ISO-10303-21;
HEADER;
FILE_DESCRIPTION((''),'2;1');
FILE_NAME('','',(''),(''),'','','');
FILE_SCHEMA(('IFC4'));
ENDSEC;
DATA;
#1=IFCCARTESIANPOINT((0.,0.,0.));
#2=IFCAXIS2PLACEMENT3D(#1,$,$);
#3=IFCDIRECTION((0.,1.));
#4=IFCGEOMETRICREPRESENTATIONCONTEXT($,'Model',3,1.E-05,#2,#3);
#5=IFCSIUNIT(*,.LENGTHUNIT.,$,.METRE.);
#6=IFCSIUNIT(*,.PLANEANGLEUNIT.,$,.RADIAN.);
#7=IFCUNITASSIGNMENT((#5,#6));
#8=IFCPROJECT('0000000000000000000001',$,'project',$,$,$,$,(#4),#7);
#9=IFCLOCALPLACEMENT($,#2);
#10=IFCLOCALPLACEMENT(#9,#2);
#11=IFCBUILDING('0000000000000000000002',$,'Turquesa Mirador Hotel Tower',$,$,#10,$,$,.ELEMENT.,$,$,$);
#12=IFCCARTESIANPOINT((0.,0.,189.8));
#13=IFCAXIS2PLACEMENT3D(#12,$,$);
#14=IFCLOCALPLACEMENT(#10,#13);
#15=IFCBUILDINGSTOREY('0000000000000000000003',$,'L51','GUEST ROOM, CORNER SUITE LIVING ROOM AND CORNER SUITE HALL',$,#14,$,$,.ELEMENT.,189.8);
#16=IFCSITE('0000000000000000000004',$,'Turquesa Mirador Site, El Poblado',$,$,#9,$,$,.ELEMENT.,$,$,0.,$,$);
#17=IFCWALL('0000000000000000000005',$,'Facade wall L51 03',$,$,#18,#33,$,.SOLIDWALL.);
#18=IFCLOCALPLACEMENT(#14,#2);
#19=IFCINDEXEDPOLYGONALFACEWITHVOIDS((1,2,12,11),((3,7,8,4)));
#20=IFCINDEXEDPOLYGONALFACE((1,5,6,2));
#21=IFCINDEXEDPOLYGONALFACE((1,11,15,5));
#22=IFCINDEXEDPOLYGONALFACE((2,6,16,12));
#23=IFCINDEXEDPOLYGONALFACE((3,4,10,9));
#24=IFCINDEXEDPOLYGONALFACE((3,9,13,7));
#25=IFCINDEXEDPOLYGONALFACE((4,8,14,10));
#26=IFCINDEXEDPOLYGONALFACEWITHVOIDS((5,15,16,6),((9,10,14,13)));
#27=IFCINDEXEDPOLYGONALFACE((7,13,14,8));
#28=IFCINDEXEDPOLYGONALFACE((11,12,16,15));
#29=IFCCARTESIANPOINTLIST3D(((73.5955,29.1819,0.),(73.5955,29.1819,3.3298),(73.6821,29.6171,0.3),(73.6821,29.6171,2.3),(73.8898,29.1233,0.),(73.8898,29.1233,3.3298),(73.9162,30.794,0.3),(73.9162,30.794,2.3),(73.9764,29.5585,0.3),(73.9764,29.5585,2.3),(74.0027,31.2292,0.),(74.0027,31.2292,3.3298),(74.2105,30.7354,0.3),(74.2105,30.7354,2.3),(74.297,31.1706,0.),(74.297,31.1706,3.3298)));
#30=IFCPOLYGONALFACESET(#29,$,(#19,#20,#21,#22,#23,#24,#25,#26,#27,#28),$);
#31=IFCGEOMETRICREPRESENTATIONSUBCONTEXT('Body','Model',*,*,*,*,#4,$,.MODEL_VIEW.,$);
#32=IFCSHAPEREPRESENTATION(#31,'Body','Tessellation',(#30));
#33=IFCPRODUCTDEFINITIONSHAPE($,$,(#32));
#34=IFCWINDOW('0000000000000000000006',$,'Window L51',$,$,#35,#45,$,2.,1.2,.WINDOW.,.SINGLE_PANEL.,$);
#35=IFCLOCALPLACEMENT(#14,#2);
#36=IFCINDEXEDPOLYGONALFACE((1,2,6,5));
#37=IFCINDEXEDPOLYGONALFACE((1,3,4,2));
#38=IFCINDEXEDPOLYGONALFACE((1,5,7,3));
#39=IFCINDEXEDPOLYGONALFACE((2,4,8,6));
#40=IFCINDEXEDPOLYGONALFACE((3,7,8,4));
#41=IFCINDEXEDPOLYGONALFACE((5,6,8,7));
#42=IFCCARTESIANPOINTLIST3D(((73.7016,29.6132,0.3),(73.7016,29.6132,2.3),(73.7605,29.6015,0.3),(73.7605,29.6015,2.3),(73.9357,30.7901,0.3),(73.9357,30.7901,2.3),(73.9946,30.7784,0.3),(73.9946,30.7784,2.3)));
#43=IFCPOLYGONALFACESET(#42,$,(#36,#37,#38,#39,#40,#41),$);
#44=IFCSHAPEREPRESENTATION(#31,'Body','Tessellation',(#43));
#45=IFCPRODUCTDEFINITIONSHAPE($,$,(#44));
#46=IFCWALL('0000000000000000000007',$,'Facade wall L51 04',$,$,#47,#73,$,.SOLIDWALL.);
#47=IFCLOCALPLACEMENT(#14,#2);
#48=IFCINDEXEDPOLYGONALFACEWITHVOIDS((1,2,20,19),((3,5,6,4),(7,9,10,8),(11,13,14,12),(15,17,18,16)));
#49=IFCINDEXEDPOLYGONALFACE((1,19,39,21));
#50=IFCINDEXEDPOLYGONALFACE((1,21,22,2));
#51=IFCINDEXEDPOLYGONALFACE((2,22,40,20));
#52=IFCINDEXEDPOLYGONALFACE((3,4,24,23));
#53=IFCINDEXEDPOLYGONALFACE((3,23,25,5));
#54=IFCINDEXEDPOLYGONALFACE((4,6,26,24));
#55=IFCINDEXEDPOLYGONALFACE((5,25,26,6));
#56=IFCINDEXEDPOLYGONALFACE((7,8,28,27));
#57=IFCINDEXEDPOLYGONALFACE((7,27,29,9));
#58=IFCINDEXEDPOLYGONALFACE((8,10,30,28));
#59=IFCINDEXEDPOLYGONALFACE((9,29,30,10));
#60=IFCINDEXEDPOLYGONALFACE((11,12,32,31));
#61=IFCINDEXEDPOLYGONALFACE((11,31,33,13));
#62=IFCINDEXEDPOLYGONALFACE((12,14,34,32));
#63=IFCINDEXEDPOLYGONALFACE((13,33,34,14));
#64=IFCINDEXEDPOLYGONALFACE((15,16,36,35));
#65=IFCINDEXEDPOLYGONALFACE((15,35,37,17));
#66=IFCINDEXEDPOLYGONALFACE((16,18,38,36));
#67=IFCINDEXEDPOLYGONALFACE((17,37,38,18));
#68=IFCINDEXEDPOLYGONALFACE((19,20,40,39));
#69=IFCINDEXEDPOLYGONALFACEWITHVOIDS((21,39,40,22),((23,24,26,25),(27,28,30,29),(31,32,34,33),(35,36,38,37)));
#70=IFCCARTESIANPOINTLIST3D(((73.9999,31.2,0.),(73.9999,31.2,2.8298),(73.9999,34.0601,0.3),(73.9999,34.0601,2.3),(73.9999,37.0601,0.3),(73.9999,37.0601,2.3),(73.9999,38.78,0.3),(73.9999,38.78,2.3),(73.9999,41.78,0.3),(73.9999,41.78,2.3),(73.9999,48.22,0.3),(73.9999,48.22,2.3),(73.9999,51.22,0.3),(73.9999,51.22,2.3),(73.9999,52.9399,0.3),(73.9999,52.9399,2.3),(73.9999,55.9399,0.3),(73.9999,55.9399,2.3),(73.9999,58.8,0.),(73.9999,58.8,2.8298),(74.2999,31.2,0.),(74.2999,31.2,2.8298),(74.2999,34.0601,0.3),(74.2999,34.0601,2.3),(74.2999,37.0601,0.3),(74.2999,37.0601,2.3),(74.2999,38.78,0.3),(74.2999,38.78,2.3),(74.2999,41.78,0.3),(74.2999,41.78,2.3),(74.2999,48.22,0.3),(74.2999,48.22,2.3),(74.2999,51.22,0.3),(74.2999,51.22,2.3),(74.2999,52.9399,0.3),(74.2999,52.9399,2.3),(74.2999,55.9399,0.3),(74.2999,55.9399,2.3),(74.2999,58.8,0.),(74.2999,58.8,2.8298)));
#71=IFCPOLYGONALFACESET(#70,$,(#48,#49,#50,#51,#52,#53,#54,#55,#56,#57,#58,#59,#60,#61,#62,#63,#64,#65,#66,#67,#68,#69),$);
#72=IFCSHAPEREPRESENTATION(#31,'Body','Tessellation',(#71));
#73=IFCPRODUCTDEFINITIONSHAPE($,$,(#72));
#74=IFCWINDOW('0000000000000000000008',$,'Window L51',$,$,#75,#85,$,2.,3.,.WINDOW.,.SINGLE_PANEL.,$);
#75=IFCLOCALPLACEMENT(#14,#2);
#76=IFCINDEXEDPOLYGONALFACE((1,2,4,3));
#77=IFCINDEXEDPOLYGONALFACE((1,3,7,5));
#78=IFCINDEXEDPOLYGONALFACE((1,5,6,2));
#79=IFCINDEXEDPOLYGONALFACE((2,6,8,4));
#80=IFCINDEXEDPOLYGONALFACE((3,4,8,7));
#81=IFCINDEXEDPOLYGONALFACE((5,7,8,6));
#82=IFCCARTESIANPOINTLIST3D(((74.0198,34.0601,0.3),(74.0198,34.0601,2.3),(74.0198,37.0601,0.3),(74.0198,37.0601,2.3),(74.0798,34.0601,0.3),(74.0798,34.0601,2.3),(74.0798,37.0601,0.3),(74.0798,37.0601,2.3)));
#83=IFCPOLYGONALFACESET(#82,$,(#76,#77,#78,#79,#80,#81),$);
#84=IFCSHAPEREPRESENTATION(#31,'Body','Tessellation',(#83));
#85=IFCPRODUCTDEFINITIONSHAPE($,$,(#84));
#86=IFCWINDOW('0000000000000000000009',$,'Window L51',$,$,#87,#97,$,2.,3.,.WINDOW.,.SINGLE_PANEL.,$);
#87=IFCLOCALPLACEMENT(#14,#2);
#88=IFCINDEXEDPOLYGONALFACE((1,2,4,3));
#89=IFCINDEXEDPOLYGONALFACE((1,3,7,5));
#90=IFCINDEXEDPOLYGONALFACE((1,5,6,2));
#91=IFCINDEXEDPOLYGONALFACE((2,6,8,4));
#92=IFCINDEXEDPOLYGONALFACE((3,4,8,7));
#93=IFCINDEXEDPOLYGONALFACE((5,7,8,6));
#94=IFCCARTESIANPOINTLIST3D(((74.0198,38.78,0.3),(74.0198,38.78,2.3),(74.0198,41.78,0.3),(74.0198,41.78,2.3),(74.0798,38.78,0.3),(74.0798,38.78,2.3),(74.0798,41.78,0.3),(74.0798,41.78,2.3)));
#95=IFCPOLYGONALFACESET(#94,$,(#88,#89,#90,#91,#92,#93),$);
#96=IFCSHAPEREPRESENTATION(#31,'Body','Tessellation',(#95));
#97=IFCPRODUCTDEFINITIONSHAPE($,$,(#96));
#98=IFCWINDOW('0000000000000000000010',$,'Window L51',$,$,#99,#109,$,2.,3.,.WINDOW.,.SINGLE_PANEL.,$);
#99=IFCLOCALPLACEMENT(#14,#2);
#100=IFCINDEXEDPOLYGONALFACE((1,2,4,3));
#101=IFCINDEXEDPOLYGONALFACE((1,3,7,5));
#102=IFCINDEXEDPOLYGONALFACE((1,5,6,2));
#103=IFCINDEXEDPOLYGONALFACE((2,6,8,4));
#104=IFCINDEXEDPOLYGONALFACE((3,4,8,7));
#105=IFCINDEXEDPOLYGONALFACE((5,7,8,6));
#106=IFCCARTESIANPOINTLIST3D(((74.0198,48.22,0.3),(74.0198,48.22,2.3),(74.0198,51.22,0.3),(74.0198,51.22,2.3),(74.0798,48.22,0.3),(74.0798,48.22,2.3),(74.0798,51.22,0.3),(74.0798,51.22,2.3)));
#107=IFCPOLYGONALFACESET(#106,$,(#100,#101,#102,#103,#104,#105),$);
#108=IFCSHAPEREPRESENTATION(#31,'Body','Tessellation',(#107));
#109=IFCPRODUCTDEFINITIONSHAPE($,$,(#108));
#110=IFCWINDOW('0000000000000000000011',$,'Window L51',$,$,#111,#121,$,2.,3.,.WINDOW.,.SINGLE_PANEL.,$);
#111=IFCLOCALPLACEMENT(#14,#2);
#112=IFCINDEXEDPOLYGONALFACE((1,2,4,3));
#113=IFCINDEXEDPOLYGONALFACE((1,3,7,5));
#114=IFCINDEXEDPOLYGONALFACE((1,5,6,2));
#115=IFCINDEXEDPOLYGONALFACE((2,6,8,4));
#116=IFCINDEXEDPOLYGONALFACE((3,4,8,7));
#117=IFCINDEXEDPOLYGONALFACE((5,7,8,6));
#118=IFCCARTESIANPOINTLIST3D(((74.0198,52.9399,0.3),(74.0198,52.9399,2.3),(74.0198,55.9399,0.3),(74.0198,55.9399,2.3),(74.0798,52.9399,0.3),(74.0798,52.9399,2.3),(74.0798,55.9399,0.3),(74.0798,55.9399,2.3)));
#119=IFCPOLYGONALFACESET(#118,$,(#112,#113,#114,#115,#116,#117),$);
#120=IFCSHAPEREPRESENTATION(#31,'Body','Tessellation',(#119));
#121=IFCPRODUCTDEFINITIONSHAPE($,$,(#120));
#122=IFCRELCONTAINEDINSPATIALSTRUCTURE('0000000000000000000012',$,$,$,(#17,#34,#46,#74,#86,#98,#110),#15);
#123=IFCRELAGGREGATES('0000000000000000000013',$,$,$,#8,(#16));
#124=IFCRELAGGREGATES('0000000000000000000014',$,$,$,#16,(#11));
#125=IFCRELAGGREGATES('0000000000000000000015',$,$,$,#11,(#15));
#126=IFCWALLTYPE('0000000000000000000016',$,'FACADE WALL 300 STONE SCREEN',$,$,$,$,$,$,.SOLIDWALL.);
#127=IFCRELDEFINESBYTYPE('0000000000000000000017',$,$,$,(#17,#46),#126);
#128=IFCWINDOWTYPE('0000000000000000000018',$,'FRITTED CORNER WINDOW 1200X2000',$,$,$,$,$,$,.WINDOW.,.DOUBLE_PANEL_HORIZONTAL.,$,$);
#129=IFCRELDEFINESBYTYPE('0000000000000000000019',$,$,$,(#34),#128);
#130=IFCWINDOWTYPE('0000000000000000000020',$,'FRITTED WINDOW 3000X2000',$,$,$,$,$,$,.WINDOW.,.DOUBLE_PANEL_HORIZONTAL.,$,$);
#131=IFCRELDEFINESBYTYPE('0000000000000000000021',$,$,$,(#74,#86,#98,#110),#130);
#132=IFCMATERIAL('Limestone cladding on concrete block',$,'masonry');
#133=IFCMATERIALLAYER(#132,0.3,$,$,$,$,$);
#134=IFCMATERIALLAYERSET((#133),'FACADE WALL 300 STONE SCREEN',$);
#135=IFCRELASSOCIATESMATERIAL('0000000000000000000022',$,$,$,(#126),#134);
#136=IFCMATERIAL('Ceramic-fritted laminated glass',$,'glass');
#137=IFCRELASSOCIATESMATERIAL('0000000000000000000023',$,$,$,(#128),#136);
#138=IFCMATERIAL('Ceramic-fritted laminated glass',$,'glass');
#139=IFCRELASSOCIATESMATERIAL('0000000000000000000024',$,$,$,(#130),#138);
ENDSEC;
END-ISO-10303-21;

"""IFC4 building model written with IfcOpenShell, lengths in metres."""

from ifc_helpers import new_model, si_unit, direction, frame, frame_2d, origin, place, context, subcontext, project, spatial, rectangle, extrude, material, layer, layer_set, type_object, element, fill, save


model = new_model("IFC4")

# Units and contexts
model_context = context("Model", 3, precision=1e-05, world=origin(), true_north=direction((0.0, 1.0)))
body_context = subcontext(model_context, "Body", "Model", "MODEL_VIEW")
ifc_project = project(units=[si_unit("LENGTHUNIT", "METRE"), si_unit("PLANEANGLEUNIT", "RADIAN")], contexts=[model_context])

# Site, building, storey
site_placement = place(None, origin())
site = spatial("IfcSite", under=ifc_project, at=site_placement, Name="Turquesa Mirador Site, El Poblado", CompositionType="ELEMENT", RefElevation=0.0)
building_placement = place(site_placement, origin())
building = spatial("IfcBuilding", under=site, at=building_placement, Name="Turquesa Mirador Hotel Tower", CompositionType="ELEMENT")
storey_placement = place(building_placement, frame((0.0, 0.0, 189.8)))
storey = spatial("IfcBuildingStorey", under=building, at=storey_placement, Name="L51", Description="GUEST ROOM, CORNER SUITE LIVING ROOM AND CORNER SUITE HALL", CompositionType="ELEMENT", Elevation=189.8)

# Wall, opening, window
ifc_material_1 = material(Name="Limestone cladding on concrete block", Category="masonry")
ifc_layer = layer(ifc_material_1, 0.3)
ifc_layer_set = layer_set([ifc_layer], Name="FACADE WALL 300 STONE SCREEN")
wall_type = type_object("IfcWallType", Name="FACADE WALL 300 STONE SCREEN", PredefinedType="SOLIDWALL", material=ifc_layer_set)
ifc_material_2 = material(Name="Ceramic-fritted laminated glass", Category="glass")
window_type_1 = type_object("IfcWindowType", Name="FRITTED CORNER WINDOW 1200X2000", PartitioningType="DOUBLE_PANEL_HORIZONTAL", PredefinedType="WINDOW", material=ifc_material_2)
wall_1_placement = place(storey_placement, frame((73.7427, 29.1526, 0.0), z_axis=(0.0, 0.0, 1.0), x_axis=(0.195081, 0.980787, 0.0)))
wall_1 = element("IfcWall", 1, at=wall_1_placement, inside=storey, type_object=wall_type, Name="Facade wall L51 03", PredefinedType="SOLIDWALL", context=body_context, shape_type="SweptSolid", body=[
    extrude(rectangle(XDim=2.0874, YDim=0.3, at=frame_2d((1.0437, 0.0))), origin(), (0.0, 0.0, 1.0), 3.3298),
])
opening_1_placement = place(wall_1_placement, frame((0.4436, 0.0, 0.3)))
opening_1 = element("IfcOpeningElement", 2, at=opening_1_placement, cuts=wall_1, PredefinedType="OPENING", context=body_context, shape_type="SweptSolid", body=[
    extrude(rectangle(XDim=1.2, YDim=2.0, at=frame_2d((0.6001, 1.0))), frame((0.0, 0.1599, 0.0), z_axis=(0.0, -1.0, 0.0), x_axis=(1.0, 0.0, 0.0)), (0.0, 0.0, 1.0), 0.3201),
])
window_1_placement = place(opening_1_placement, origin())
window_1 = element("IfcWindow", 3, at=window_1_placement, inside=storey, type_object=window_type_1, Name="Window L51", OverallHeight=2.0, OverallWidth=1.2, PartitioningType="SINGLE_PANEL", PredefinedType="WINDOW", context=body_context, shape_type="SweptSolid", body=[
    extrude(rectangle(XDim=1.2, YDim=2.0, at=frame_2d((0.6001, 1.0))), frame((0.0, 0.1301, 0.0), z_axis=(0.0, -1.0, 0.0), x_axis=(1.0, 0.0, 0.0)), (0.0, 0.0, 1.0), 0.0601),
])
fill(opening_1, window_1)

# Wall, openings, windows
wall_2_placement = place(storey_placement, frame((74.1499, 31.2, 0.0), z_axis=(0.0, 0.0, 1.0), x_axis=(0.0, 1.0, 0.0)))
wall_2 = element("IfcWall", 4, at=wall_2_placement, inside=storey, type_object=wall_type, Name="Facade wall L51 04", PredefinedType="SOLIDWALL", context=body_context, shape_type="SweptSolid", body=[
    extrude(rectangle(XDim=27.6001, YDim=0.3, at=frame_2d((13.8, 0.0))), origin(), (0.0, 0.0, 1.0), 2.8298),
])
opening_2_placement = place(wall_2_placement, frame((2.8601, 0.0, 0.3)))
opening_2 = element("IfcOpeningElement", 5, at=opening_2_placement, cuts=wall_2, PredefinedType="OPENING", context=body_context, shape_type="SweptSolid", body=[
    extrude(rectangle(XDim=3.0, YDim=2.0, at=frame_2d((1.5, 1.0))), frame((0.0, 0.1599, 0.0), z_axis=(0.0, -1.0, 0.0), x_axis=(1.0, 0.0, 0.0)), (0.0, 0.0, 1.0), 0.3201),
])
opening_3_placement = place(wall_2_placement, frame((7.5801, 0.0, 0.3)))
opening_3 = element("IfcOpeningElement", 6, at=opening_3_placement, cuts=wall_2, PredefinedType="OPENING", context=body_context, shape_type="SweptSolid", body=[
    extrude(rectangle(XDim=3.0, YDim=2.0, at=frame_2d((1.5, 1.0))), frame((0.0, 0.1599, 0.0), z_axis=(0.0, -1.0, 0.0), x_axis=(1.0, 0.0, 0.0)), (0.0, 0.0, 1.0), 0.3201),
])
opening_4_placement = place(wall_2_placement, frame((17.02, 0.0, 0.3)))
opening_4 = element("IfcOpeningElement", 7, at=opening_4_placement, cuts=wall_2, PredefinedType="OPENING", context=body_context, shape_type="SweptSolid", body=[
    extrude(rectangle(XDim=3.0, YDim=2.0, at=frame_2d((1.5, 1.0))), frame((0.0, 0.1599, 0.0), z_axis=(0.0, -1.0, 0.0), x_axis=(1.0, 0.0, 0.0)), (0.0, 0.0, 1.0), 0.3201),
])
opening_5_placement = place(wall_2_placement, frame((21.74, 0.0, 0.3)))
opening_5 = element("IfcOpeningElement", 8, at=opening_5_placement, cuts=wall_2, PredefinedType="OPENING", context=body_context, shape_type="SweptSolid", body=[
    extrude(rectangle(XDim=3.0, YDim=2.0, at=frame_2d((1.5, 1.0))), frame((0.0, 0.1599, 0.0), z_axis=(0.0, -1.0, 0.0), x_axis=(1.0, 0.0, 0.0)), (0.0, 0.0, 1.0), 0.3201),
])
ifc_material_3 = material(Name="Ceramic-fritted laminated glass", Category="glass")
window_type_2 = type_object("IfcWindowType", Name="FRITTED WINDOW 3000X2000", PartitioningType="DOUBLE_PANEL_HORIZONTAL", PredefinedType="WINDOW", material=ifc_material_3)
window_2_placement = place(opening_2_placement, origin())
window_2 = element("IfcWindow", 9, at=window_2_placement, inside=storey, type_object=window_type_2, Name="Window L51", OverallHeight=2.0, OverallWidth=3.0, PartitioningType="SINGLE_PANEL", PredefinedType="WINDOW", context=body_context, shape_type="SweptSolid", body=[
    extrude(rectangle(XDim=3.0, YDim=2.0, at=frame_2d((1.5, 1.0))), frame((0.0, 0.1301, 0.0), z_axis=(0.0, -1.0, 0.0), x_axis=(1.0, 0.0, 0.0)), (0.0, 0.0, 1.0), 0.0601),
])
fill(opening_2, window_2)
window_3_placement = place(opening_3_placement, origin())
window_3 = element("IfcWindow", 10, at=window_3_placement, inside=storey, type_object=window_type_2, Name="Window L51", OverallHeight=2.0, OverallWidth=3.0, PartitioningType="SINGLE_PANEL", PredefinedType="WINDOW", context=body_context, shape_type="SweptSolid", body=[
    extrude(rectangle(XDim=3.0, YDim=2.0, at=frame_2d((1.5, 1.0))), frame((0.0, 0.1301, 0.0), z_axis=(0.0, -1.0, 0.0), x_axis=(1.0, 0.0, 0.0)), (0.0, 0.0, 1.0), 0.0601),
])
fill(opening_3, window_3)
window_4_placement = place(opening_4_placement, origin())
window_4 = element("IfcWindow", 11, at=window_4_placement, inside=storey, type_object=window_type_2, Name="Window L51", OverallHeight=2.0, OverallWidth=3.0, PartitioningType="SINGLE_PANEL", PredefinedType="WINDOW", context=body_context, shape_type="SweptSolid", body=[
    extrude(rectangle(XDim=3.0, YDim=2.0, at=frame_2d((1.5, 1.0))), frame((0.0, 0.1301, 0.0), z_axis=(0.0, -1.0, 0.0), x_axis=(1.0, 0.0, 0.0)), (0.0, 0.0, 1.0), 0.0601),
])
fill(opening_4, window_4)
window_5_placement = place(opening_5_placement, origin())
window_5 = element("IfcWindow", 12, at=window_5_placement, inside=storey, type_object=window_type_2, Name="Window L51", OverallHeight=2.0, OverallWidth=3.0, PartitioningType="SINGLE_PANEL", PredefinedType="WINDOW", context=body_context, shape_type="SweptSolid", body=[
    extrude(rectangle(XDim=3.0, YDim=2.0, at=frame_2d((1.5, 1.0))), frame((0.0, 0.1301, 0.0), z_axis=(0.0, -1.0, 0.0), x_axis=(1.0, 0.0, 0.0)), (0.0, 0.0, 1.0), 0.0601),
])
fill(opening_5, window_5)

save(model, "model.ifc")
